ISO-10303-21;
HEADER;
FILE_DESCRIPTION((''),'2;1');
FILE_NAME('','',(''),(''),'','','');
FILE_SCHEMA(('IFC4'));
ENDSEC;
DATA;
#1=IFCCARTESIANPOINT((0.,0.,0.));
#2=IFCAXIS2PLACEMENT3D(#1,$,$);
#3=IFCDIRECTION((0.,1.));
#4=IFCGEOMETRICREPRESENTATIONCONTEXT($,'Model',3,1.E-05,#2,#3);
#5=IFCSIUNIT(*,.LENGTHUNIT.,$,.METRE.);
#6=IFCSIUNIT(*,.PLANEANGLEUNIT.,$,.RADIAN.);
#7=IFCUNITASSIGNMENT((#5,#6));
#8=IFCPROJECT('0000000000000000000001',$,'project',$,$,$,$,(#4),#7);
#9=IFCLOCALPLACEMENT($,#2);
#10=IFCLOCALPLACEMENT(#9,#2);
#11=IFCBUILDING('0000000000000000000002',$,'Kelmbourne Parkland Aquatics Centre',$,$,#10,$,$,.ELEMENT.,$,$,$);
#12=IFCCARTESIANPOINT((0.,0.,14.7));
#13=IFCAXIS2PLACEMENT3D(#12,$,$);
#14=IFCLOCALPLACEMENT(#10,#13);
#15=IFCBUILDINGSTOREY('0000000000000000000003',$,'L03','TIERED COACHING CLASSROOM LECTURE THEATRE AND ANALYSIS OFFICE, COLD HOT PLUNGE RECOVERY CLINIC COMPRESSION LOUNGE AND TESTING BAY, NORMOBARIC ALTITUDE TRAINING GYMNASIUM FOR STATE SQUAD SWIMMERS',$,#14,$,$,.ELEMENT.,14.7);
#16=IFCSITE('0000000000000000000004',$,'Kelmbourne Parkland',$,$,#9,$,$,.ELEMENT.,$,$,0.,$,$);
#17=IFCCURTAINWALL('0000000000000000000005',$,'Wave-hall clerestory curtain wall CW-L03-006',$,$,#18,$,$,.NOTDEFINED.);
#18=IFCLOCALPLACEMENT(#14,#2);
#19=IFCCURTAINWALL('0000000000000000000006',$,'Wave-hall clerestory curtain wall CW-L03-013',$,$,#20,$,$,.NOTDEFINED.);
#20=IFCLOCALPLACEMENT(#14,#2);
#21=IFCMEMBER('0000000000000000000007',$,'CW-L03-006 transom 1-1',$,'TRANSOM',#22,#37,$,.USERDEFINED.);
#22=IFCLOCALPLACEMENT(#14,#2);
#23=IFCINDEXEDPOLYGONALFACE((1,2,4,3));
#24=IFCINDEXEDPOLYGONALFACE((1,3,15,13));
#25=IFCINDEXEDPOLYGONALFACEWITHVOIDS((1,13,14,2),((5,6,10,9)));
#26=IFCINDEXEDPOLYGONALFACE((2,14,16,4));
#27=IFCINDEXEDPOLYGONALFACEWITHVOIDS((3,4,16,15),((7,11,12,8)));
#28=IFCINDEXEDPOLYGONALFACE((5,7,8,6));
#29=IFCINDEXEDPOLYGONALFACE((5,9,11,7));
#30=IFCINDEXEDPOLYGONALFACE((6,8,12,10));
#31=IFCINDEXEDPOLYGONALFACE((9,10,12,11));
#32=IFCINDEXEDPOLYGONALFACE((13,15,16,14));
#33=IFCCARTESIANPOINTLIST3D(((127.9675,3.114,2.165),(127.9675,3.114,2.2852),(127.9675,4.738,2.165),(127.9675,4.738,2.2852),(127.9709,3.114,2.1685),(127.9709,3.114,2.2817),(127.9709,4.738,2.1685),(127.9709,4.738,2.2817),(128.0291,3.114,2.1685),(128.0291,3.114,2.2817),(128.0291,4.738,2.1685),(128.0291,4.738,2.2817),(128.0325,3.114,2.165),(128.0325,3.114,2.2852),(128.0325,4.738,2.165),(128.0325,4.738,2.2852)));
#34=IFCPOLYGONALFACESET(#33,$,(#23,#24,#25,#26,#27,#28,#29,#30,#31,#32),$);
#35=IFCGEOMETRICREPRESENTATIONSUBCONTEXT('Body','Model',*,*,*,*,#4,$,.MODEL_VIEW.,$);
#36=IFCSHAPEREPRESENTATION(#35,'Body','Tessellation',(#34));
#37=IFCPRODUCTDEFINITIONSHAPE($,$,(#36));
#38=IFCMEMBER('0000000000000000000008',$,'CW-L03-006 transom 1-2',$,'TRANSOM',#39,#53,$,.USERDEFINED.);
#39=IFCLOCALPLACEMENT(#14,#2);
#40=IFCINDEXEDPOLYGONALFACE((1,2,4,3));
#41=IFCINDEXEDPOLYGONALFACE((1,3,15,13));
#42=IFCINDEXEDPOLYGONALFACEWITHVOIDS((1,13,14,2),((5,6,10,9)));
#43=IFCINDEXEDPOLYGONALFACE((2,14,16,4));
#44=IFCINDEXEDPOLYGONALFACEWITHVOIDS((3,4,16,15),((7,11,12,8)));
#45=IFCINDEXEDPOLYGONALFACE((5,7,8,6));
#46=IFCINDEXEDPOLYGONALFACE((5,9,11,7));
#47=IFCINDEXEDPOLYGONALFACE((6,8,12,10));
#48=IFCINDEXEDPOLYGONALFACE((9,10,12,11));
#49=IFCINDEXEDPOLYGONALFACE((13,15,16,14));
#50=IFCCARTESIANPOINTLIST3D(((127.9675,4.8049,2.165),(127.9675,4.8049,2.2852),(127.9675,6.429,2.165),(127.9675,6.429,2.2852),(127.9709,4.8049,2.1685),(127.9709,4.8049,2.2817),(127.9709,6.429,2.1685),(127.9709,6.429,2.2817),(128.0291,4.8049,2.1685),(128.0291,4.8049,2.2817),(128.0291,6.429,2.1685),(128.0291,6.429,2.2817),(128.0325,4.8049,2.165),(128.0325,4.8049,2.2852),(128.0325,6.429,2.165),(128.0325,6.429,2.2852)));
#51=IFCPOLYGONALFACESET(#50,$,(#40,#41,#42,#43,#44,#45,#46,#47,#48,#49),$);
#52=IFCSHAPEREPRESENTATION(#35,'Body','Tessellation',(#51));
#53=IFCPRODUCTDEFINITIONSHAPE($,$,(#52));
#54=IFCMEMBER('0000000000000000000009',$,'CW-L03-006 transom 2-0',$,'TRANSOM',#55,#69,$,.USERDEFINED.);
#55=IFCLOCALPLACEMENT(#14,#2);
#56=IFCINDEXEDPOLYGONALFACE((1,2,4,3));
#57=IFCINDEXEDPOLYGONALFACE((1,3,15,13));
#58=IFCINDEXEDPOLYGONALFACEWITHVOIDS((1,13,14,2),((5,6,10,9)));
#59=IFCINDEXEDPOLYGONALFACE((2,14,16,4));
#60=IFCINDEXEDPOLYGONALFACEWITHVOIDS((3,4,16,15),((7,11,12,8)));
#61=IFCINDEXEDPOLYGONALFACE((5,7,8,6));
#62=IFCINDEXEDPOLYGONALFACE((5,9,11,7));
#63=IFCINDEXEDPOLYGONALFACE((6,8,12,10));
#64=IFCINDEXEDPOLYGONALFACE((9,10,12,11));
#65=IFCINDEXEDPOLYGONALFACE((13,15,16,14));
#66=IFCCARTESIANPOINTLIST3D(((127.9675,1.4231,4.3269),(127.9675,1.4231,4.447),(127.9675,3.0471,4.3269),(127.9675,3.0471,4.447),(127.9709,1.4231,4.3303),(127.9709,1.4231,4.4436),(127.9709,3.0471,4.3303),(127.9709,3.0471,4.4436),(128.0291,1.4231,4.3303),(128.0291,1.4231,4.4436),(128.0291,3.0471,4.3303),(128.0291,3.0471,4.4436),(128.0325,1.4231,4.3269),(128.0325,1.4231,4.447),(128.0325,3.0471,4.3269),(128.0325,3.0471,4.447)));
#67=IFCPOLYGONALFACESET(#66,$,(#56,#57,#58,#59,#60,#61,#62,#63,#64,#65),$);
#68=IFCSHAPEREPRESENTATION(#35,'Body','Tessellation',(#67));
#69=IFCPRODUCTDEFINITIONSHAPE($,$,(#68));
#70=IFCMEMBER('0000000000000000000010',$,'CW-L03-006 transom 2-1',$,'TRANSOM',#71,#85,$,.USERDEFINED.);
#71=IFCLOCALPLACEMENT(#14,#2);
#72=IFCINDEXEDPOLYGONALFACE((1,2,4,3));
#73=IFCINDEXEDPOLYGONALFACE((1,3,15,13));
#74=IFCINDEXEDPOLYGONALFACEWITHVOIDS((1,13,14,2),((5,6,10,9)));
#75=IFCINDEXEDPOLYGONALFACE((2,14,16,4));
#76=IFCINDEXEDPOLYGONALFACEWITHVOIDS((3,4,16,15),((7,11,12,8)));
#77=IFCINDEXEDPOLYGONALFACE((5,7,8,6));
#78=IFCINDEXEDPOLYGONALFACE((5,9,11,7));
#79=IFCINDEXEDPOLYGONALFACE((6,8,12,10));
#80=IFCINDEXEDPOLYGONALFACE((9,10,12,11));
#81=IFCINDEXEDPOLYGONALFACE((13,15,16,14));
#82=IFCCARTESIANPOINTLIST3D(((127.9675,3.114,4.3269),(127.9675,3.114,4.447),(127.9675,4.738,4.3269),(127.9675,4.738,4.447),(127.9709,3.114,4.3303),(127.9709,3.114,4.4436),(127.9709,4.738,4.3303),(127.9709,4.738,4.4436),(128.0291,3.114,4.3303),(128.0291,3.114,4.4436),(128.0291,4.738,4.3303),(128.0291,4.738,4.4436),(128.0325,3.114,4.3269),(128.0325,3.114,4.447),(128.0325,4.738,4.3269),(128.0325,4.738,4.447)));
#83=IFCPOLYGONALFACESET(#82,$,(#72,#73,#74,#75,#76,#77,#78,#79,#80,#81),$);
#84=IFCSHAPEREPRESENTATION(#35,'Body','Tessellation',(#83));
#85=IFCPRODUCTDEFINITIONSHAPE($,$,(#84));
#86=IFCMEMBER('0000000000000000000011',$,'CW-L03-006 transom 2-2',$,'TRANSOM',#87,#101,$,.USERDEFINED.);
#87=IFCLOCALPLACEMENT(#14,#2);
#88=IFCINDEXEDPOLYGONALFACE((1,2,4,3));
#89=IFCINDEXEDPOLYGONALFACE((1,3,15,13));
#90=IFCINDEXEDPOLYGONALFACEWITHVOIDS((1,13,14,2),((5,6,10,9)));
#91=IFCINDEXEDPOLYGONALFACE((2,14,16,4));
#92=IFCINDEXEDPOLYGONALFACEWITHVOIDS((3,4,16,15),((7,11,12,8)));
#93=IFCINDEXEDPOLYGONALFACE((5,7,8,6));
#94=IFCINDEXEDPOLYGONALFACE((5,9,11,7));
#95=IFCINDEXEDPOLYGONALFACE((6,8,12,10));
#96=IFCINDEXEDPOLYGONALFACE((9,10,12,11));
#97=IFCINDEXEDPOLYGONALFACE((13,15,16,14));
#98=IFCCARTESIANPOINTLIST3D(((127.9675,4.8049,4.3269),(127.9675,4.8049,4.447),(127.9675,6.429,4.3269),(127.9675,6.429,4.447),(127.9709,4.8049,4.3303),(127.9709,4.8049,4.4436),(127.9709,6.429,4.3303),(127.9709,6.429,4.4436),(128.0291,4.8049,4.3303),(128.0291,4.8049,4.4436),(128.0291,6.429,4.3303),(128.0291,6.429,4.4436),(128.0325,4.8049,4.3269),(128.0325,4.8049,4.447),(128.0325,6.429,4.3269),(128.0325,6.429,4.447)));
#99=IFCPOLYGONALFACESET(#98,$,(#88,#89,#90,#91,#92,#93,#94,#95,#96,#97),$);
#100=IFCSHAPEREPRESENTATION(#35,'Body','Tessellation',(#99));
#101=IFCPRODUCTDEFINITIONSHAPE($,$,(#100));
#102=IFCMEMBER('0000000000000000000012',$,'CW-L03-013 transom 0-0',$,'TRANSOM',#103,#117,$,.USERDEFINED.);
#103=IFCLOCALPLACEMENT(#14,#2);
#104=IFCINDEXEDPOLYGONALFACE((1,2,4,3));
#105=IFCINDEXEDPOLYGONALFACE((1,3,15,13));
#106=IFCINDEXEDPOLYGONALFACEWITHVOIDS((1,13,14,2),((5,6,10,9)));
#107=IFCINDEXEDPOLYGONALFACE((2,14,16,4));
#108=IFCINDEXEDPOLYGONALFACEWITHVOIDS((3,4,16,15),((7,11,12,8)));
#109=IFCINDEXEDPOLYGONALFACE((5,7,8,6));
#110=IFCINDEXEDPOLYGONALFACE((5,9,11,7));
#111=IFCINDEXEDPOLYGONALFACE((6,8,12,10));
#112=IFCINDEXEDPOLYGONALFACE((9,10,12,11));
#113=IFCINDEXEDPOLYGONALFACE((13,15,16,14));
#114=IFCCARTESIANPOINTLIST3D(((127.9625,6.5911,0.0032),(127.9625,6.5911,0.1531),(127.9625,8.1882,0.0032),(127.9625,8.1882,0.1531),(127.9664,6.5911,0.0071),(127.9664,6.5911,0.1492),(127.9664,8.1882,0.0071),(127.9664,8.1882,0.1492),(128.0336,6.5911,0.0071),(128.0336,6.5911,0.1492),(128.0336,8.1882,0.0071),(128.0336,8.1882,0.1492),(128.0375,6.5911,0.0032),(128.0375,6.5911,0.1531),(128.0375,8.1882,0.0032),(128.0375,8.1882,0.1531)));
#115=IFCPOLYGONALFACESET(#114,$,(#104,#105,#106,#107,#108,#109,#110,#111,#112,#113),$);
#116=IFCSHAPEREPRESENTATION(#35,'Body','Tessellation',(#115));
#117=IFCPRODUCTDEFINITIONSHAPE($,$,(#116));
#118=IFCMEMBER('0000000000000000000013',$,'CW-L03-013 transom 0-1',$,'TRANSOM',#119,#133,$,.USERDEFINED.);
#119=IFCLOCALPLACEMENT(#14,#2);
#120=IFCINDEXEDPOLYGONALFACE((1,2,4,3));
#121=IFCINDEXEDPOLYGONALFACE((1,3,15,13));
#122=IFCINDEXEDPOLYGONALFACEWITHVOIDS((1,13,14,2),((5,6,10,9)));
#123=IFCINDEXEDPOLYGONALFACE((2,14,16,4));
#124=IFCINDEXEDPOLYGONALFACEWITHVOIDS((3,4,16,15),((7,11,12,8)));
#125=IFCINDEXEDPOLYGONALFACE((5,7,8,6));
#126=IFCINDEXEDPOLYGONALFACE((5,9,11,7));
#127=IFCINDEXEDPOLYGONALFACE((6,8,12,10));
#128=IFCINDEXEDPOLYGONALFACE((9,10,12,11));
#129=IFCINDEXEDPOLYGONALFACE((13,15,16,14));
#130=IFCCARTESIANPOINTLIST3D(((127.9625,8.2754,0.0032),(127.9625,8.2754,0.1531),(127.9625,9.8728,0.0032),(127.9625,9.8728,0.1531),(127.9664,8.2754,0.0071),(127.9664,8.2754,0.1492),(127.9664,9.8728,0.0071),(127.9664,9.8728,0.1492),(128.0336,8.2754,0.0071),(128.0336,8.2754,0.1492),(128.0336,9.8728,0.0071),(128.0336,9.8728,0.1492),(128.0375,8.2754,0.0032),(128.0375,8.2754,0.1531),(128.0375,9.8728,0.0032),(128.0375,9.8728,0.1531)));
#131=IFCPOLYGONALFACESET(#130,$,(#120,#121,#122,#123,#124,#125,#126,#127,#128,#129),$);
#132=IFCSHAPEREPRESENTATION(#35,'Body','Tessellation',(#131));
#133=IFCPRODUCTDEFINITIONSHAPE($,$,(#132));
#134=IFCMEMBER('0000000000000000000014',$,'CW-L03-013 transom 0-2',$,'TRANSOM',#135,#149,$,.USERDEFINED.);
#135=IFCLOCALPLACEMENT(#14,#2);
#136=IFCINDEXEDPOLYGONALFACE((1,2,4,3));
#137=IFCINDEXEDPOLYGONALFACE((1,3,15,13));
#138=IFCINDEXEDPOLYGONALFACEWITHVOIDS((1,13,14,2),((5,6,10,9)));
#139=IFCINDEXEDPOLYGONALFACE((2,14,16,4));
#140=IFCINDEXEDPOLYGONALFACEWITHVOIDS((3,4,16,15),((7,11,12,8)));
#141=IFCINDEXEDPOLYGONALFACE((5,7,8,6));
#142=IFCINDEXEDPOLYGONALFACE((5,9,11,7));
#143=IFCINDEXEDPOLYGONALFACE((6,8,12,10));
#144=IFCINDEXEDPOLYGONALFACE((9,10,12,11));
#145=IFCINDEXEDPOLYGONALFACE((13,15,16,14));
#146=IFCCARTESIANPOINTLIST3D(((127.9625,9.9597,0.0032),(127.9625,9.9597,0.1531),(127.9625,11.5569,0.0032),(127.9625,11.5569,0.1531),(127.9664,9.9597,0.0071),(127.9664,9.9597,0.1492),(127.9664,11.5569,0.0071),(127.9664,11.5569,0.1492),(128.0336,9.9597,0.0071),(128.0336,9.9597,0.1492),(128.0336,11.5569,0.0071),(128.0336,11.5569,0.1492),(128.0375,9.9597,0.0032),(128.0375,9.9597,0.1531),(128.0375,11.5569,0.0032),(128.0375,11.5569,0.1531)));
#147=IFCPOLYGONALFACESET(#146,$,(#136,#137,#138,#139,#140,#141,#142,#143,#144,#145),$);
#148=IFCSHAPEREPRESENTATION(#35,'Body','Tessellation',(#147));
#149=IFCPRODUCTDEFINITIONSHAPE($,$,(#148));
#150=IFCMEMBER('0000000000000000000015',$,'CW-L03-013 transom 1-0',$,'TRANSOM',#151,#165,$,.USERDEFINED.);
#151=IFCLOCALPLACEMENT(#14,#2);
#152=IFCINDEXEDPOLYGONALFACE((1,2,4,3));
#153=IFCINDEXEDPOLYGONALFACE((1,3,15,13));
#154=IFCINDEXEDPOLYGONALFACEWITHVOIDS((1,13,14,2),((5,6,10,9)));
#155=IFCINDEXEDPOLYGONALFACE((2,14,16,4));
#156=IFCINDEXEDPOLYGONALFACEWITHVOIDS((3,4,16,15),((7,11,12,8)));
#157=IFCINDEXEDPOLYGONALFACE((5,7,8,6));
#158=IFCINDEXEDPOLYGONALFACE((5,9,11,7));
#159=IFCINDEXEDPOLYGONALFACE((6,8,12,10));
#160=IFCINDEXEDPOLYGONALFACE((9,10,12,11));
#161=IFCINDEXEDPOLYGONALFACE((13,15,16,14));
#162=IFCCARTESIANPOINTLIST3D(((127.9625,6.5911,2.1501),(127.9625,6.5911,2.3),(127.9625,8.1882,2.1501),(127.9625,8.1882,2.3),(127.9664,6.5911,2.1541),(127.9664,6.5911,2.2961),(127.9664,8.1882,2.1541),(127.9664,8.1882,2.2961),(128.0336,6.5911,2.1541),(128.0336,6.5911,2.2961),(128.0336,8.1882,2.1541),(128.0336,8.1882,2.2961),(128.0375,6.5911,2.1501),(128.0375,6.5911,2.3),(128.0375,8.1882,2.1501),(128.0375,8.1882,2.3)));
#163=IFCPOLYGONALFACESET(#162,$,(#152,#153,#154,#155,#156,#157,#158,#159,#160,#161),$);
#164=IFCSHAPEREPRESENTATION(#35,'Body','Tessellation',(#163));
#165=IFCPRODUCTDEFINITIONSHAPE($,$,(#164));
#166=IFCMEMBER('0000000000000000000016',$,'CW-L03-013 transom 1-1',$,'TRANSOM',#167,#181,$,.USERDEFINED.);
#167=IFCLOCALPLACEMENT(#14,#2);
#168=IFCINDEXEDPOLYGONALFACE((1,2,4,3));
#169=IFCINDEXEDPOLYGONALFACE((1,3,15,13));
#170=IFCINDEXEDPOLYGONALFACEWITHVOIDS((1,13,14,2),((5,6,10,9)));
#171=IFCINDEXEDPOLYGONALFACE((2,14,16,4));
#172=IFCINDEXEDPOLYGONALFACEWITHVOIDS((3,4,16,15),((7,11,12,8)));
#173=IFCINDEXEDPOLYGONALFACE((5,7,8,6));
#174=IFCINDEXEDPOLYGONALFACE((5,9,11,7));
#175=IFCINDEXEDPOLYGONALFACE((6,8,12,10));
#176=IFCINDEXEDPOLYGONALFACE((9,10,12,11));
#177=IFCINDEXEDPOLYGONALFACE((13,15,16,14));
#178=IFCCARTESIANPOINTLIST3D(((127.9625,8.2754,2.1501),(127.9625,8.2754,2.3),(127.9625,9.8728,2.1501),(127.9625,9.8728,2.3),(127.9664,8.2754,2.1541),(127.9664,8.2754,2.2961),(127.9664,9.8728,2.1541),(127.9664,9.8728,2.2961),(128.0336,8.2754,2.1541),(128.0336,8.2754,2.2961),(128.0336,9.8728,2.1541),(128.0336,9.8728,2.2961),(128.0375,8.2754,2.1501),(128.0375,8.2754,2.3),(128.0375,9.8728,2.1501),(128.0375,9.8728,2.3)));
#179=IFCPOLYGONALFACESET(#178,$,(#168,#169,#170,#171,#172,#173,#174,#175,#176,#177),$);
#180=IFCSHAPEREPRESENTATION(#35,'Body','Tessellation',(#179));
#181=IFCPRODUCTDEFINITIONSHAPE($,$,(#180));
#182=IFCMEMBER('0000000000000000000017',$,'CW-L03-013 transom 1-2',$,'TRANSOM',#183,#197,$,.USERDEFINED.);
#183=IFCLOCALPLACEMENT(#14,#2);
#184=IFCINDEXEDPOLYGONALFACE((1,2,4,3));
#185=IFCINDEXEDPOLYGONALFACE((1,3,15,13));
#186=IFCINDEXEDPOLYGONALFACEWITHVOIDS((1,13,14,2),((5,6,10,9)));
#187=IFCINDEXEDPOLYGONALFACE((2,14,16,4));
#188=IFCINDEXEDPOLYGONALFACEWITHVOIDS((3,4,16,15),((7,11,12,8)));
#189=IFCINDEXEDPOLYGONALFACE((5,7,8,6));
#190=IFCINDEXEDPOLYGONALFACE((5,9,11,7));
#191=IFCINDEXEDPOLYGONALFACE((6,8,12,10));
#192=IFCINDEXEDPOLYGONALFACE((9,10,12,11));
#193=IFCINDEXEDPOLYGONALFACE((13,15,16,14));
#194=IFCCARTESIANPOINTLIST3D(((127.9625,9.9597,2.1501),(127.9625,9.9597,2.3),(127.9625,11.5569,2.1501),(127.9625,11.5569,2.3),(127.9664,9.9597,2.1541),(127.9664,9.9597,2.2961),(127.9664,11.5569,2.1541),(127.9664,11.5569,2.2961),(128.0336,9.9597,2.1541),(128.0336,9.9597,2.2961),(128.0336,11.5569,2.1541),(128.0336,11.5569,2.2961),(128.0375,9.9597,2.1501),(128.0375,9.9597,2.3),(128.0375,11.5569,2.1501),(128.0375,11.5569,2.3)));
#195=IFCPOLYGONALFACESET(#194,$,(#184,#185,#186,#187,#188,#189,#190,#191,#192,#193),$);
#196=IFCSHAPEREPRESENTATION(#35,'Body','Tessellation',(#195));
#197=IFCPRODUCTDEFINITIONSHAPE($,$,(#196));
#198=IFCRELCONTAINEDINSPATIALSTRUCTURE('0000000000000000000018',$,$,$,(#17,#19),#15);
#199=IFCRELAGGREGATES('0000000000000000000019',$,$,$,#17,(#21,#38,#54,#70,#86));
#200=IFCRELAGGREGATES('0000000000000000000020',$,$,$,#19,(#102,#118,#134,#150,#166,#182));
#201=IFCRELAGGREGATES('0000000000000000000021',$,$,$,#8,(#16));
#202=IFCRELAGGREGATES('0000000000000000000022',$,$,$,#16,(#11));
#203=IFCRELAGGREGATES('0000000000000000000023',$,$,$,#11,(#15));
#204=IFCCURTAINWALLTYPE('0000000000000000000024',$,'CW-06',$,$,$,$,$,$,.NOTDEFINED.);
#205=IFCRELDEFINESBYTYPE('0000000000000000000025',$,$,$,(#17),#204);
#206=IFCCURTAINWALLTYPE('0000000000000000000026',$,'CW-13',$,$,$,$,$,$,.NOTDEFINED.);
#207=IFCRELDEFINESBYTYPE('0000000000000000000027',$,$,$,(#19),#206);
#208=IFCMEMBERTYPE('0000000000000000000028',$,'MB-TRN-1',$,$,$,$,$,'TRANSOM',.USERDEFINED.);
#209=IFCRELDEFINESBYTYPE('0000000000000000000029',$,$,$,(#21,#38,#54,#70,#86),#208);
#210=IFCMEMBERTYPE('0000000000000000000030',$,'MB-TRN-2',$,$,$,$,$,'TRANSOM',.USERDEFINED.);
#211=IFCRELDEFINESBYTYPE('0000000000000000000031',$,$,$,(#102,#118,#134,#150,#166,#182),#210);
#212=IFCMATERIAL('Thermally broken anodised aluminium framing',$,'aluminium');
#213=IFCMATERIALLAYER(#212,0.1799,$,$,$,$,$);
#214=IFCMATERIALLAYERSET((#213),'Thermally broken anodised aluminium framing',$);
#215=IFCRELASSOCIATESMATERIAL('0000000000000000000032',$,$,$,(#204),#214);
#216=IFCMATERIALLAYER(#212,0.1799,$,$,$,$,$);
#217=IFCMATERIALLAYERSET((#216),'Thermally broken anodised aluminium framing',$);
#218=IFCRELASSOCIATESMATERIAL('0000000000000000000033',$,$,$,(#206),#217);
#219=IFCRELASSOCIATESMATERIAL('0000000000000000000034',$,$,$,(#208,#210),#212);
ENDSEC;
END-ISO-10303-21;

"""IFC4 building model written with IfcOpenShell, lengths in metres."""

from ifc_helpers import new_model, si_unit, direction, frame, origin, origin_2d, place, context, subcontext, project, spatial, hollow_rectangle, extrude, material, layer, layer_set, material_profile, profile_set, type_object, element, aggregate, save


model = new_model("IFC4")

# Units and contexts
model_context = context("Model", 3, precision=1e-05, world=origin(), true_north=direction((0.0, 1.0)))
body_context = subcontext(model_context, "Body", "Model", "MODEL_VIEW")
ifc_project = project(units=[si_unit("LENGTHUNIT", "METRE"), si_unit("PLANEANGLEUNIT", "RADIAN")], contexts=[model_context])

# Site, building, storey
site_placement = place(None, origin())
site = spatial("IfcSite", under=ifc_project, at=site_placement, Name="Kelmbourne Parkland", CompositionType="ELEMENT", RefElevation=0.0)
building_placement = place(site_placement, origin())
building = spatial("IfcBuilding", under=site, at=building_placement, Name="Kelmbourne Parkland Aquatics Centre", CompositionType="ELEMENT")
storey_placement = place(building_placement, frame((0.0, 0.0, 14.7)))
storey = spatial("IfcBuildingStorey", under=building, at=storey_placement, Name="L03", Description="TIERED COACHING CLASSROOM LECTURE THEATRE AND ANALYSIS OFFICE, COLD HOT PLUNGE RECOVERY CLINIC COMPRESSION LOUNGE AND TESTING BAY, NORMOBARIC ALTITUDE TRAINING GYMNASIUM FOR STATE SQUAD SWIMMERS", CompositionType="ELEMENT", Elevation=14.7)

# Curtain wall
ifc_material_1 = material(Name="Thermally broken anodised aluminium framing", Category="aluminium")
ifc_layer_1 = layer(ifc_material_1, 0.1799)
ifc_layer_set_1 = layer_set([ifc_layer_1], Name="Thermally broken anodised aluminium framing")
curtain_wall_type_1 = type_object("IfcCurtainWallType", Name="CW-06", PredefinedType="NOTDEFINED", material=ifc_layer_set_1)
curtain_wall_1_placement = place(storey_placement, origin())
curtain_wall_1 = element("IfcCurtainWall", 1, at=curtain_wall_1_placement, inside=storey, type_object=curtain_wall_type_1, Name="Wave-hall clerestory curtain wall CW-L03-006", PredefinedType="NOTDEFINED")

# Curtain wall
ifc_layer_2 = layer(ifc_material_1, 0.1799)
ifc_layer_set_2 = layer_set([ifc_layer_2], Name="Thermally broken anodised aluminium framing")
curtain_wall_type_2 = type_object("IfcCurtainWallType", Name="CW-13", PredefinedType="NOTDEFINED", material=ifc_layer_set_2)
curtain_wall_2_placement = place(storey_placement, origin())
curtain_wall_2 = element("IfcCurtainWall", 2, at=curtain_wall_2_placement, inside=storey, type_object=curtain_wall_type_2, Name="Wave-hall clerestory curtain wall CW-L03-013", PredefinedType="NOTDEFINED")

# Members
ifc_material_profile_1 = material_profile(ifc_material_1, hollow_rectangle(XDim=0.0649, YDim=0.1201, WallThickness=0.0034, at=origin_2d()), Name="CW-T 65x120")
ifc_profile_set_1 = profile_set([ifc_material_profile_1], Name="Thermally broken anodised aluminium framing")
member_type_1 = type_object("IfcMemberType", Name="MB-TRN-1", ElementType="TRANSOM", PredefinedType="USERDEFINED", material=ifc_profile_set_1)
member_1_placement = place(storey_placement, frame((128.0, 3.114, 2.2251), z_axis=(0.0, 1.0, 0.0), x_axis=(-1.0, 0.0, 0.0)))
member_1 = element("IfcMember", 3, at=member_1_placement, type_object=member_type_1, Name="CW-L03-006 transom 1-1", ObjectType="TRANSOM", PredefinedType="USERDEFINED", context=body_context, shape_type="SweptSolid", body=[
    extrude(hollow_rectangle(XDim=0.0649, YDim=0.1201, WallThickness=0.0034, at=origin_2d()), origin(), (0.0, 0.0, 1.0), 1.624),
])
member_2_placement = place(storey_placement, frame((128.0, 4.8049, 2.2251), z_axis=(0.0, 1.0, 0.0), x_axis=(-1.0, 0.0, 0.0)))
member_2 = element("IfcMember", 4, at=member_2_placement, type_object=member_type_1, Name="CW-L03-006 transom 1-2", ObjectType="TRANSOM", PredefinedType="USERDEFINED", context=body_context, shape_type="SweptSolid", body=[
    extrude(hollow_rectangle(XDim=0.0649, YDim=0.1201, WallThickness=0.0034, at=origin_2d()), origin(), (0.0, 0.0, 1.0), 1.624),
])
member_3_placement = place(storey_placement, frame((128.0, 1.4231, 4.387), z_axis=(0.0, 1.0, 0.0), x_axis=(-1.0, 0.0, 0.0)))
member_3 = element("IfcMember", 5, at=member_3_placement, type_object=member_type_1, Name="CW-L03-006 transom 2-0", ObjectType="TRANSOM", PredefinedType="USERDEFINED", context=body_context, shape_type="SweptSolid", body=[
    extrude(hollow_rectangle(XDim=0.0649, YDim=0.1201, WallThickness=0.0034, at=origin_2d()), origin(), (0.0, 0.0, 1.0), 1.624),
])
member_4_placement = place(storey_placement, frame((128.0, 3.114, 4.387), z_axis=(0.0, 1.0, 0.0), x_axis=(-1.0, 0.0, 0.0)))
member_4 = element("IfcMember", 6, at=member_4_placement, type_object=member_type_1, Name="CW-L03-006 transom 2-1", ObjectType="TRANSOM", PredefinedType="USERDEFINED", context=body_context, shape_type="SweptSolid", body=[
    extrude(hollow_rectangle(XDim=0.0649, YDim=0.1201, WallThickness=0.0034, at=origin_2d()), origin(), (0.0, 0.0, 1.0), 1.624),
])
member_5_placement = place(storey_placement, frame((128.0, 4.8049, 4.387), z_axis=(0.0, 1.0, 0.0), x_axis=(-1.0, 0.0, 0.0)))
member_5 = element("IfcMember", 7, at=member_5_placement, type_object=member_type_1, Name="CW-L03-006 transom 2-2", ObjectType="TRANSOM", PredefinedType="USERDEFINED", context=body_context, shape_type="SweptSolid", body=[
    extrude(hollow_rectangle(XDim=0.0649, YDim=0.1201, WallThickness=0.0034, at=origin_2d()), origin(), (0.0, 0.0, 1.0), 1.624),
])
ifc_material_profile_2 = material_profile(ifc_material_1, hollow_rectangle(XDim=0.075, YDim=0.1499, WallThickness=0.0039, at=origin_2d()), Name="CW-T 75x150")
ifc_profile_set_2 = profile_set([ifc_material_profile_2], Name="Thermally broken anodised aluminium framing")
member_type_2 = type_object("IfcMemberType", Name="MB-TRN-2", ElementType="TRANSOM", PredefinedType="USERDEFINED", material=ifc_profile_set_2)
member_6_placement = place(storey_placement, frame((128.0, 6.5911, 0.0781), z_axis=(0.0, 1.0, 0.0), x_axis=(-1.0, 0.0, 0.0)))
member_6 = element("IfcMember", 8, at=member_6_placement, type_object=member_type_2, Name="CW-L03-013 transom 0-0", ObjectType="TRANSOM", PredefinedType="USERDEFINED", context=body_context, shape_type="SweptSolid", body=[
    extrude(hollow_rectangle(XDim=0.075, YDim=0.1499, WallThickness=0.0039, at=origin_2d()), origin(), (0.0, 0.0, 1.0), 1.5972),
])
member_7_placement = place(storey_placement, frame((128.0, 8.2754, 0.0781), z_axis=(0.0, 1.0, 0.0), x_axis=(-1.0, 0.0, 0.0)))
member_7 = element("IfcMember", 9, at=member_7_placement, type_object=member_type_2, Name="CW-L03-013 transom 0-1", ObjectType="TRANSOM", PredefinedType="USERDEFINED", context=body_context, shape_type="SweptSolid", body=[
    extrude(hollow_rectangle(XDim=0.075, YDim=0.1499, WallThickness=0.0039, at=origin_2d()), origin(), (0.0, 0.0, 1.0), 1.5974),
])
member_8_placement = place(storey_placement, frame((128.0, 9.9597, 0.0781), z_axis=(0.0, 1.0, 0.0), x_axis=(-1.0, 0.0, 0.0)))
member_8 = element("IfcMember", 10, at=member_8_placement, type_object=member_type_2, Name="CW-L03-013 transom 0-2", ObjectType="TRANSOM", PredefinedType="USERDEFINED", context=body_context, shape_type="SweptSolid", body=[
    extrude(hollow_rectangle(XDim=0.075, YDim=0.1499, WallThickness=0.0039, at=origin_2d()), origin(), (0.0, 0.0, 1.0), 1.5972),
])
member_9_placement = place(storey_placement, frame((128.0, 6.5911, 2.2251), z_axis=(0.0, 1.0, 0.0), x_axis=(-1.0, 0.0, 0.0)))
member_9 = element("IfcMember", 11, at=member_9_placement, type_object=member_type_2, Name="CW-L03-013 transom 1-0", ObjectType="TRANSOM", PredefinedType="USERDEFINED", context=body_context, shape_type="SweptSolid", body=[
    extrude(hollow_rectangle(XDim=0.075, YDim=0.1499, WallThickness=0.0039, at=origin_2d()), origin(), (0.0, 0.0, 1.0), 1.5972),
])
member_10_placement = place(storey_placement, frame((128.0, 8.2754, 2.2251), z_axis=(0.0, 1.0, 0.0), x_axis=(-1.0, 0.0, 0.0)))
member_10 = element("IfcMember", 12, at=member_10_placement, type_object=member_type_2, Name="CW-L03-013 transom 1-1", ObjectType="TRANSOM", PredefinedType="USERDEFINED", context=body_context, shape_type="SweptSolid", body=[
    extrude(hollow_rectangle(XDim=0.075, YDim=0.1499, WallThickness=0.0039, at=origin_2d()), origin(), (0.0, 0.0, 1.0), 1.5974),
])
member_11_placement = place(storey_placement, frame((128.0, 9.9597, 2.2251), z_axis=(0.0, 1.0, 0.0), x_axis=(-1.0, 0.0, 0.0)))
member_11 = element("IfcMember", 13, at=member_11_placement, type_object=member_type_2, Name="CW-L03-013 transom 1-2", ObjectType="TRANSOM", PredefinedType="USERDEFINED", context=body_context, shape_type="SweptSolid", body=[
    extrude(hollow_rectangle(XDim=0.075, YDim=0.1499, WallThickness=0.0039, at=origin_2d()), origin(), (0.0, 0.0, 1.0), 1.5972),
])

aggregate(curtain_wall_1, [member_1, member_2, member_3, member_4, member_5])
aggregate(curtain_wall_2, [member_6, member_7, member_8, member_9, member_10, member_11])

save(model, "model.ifc")
